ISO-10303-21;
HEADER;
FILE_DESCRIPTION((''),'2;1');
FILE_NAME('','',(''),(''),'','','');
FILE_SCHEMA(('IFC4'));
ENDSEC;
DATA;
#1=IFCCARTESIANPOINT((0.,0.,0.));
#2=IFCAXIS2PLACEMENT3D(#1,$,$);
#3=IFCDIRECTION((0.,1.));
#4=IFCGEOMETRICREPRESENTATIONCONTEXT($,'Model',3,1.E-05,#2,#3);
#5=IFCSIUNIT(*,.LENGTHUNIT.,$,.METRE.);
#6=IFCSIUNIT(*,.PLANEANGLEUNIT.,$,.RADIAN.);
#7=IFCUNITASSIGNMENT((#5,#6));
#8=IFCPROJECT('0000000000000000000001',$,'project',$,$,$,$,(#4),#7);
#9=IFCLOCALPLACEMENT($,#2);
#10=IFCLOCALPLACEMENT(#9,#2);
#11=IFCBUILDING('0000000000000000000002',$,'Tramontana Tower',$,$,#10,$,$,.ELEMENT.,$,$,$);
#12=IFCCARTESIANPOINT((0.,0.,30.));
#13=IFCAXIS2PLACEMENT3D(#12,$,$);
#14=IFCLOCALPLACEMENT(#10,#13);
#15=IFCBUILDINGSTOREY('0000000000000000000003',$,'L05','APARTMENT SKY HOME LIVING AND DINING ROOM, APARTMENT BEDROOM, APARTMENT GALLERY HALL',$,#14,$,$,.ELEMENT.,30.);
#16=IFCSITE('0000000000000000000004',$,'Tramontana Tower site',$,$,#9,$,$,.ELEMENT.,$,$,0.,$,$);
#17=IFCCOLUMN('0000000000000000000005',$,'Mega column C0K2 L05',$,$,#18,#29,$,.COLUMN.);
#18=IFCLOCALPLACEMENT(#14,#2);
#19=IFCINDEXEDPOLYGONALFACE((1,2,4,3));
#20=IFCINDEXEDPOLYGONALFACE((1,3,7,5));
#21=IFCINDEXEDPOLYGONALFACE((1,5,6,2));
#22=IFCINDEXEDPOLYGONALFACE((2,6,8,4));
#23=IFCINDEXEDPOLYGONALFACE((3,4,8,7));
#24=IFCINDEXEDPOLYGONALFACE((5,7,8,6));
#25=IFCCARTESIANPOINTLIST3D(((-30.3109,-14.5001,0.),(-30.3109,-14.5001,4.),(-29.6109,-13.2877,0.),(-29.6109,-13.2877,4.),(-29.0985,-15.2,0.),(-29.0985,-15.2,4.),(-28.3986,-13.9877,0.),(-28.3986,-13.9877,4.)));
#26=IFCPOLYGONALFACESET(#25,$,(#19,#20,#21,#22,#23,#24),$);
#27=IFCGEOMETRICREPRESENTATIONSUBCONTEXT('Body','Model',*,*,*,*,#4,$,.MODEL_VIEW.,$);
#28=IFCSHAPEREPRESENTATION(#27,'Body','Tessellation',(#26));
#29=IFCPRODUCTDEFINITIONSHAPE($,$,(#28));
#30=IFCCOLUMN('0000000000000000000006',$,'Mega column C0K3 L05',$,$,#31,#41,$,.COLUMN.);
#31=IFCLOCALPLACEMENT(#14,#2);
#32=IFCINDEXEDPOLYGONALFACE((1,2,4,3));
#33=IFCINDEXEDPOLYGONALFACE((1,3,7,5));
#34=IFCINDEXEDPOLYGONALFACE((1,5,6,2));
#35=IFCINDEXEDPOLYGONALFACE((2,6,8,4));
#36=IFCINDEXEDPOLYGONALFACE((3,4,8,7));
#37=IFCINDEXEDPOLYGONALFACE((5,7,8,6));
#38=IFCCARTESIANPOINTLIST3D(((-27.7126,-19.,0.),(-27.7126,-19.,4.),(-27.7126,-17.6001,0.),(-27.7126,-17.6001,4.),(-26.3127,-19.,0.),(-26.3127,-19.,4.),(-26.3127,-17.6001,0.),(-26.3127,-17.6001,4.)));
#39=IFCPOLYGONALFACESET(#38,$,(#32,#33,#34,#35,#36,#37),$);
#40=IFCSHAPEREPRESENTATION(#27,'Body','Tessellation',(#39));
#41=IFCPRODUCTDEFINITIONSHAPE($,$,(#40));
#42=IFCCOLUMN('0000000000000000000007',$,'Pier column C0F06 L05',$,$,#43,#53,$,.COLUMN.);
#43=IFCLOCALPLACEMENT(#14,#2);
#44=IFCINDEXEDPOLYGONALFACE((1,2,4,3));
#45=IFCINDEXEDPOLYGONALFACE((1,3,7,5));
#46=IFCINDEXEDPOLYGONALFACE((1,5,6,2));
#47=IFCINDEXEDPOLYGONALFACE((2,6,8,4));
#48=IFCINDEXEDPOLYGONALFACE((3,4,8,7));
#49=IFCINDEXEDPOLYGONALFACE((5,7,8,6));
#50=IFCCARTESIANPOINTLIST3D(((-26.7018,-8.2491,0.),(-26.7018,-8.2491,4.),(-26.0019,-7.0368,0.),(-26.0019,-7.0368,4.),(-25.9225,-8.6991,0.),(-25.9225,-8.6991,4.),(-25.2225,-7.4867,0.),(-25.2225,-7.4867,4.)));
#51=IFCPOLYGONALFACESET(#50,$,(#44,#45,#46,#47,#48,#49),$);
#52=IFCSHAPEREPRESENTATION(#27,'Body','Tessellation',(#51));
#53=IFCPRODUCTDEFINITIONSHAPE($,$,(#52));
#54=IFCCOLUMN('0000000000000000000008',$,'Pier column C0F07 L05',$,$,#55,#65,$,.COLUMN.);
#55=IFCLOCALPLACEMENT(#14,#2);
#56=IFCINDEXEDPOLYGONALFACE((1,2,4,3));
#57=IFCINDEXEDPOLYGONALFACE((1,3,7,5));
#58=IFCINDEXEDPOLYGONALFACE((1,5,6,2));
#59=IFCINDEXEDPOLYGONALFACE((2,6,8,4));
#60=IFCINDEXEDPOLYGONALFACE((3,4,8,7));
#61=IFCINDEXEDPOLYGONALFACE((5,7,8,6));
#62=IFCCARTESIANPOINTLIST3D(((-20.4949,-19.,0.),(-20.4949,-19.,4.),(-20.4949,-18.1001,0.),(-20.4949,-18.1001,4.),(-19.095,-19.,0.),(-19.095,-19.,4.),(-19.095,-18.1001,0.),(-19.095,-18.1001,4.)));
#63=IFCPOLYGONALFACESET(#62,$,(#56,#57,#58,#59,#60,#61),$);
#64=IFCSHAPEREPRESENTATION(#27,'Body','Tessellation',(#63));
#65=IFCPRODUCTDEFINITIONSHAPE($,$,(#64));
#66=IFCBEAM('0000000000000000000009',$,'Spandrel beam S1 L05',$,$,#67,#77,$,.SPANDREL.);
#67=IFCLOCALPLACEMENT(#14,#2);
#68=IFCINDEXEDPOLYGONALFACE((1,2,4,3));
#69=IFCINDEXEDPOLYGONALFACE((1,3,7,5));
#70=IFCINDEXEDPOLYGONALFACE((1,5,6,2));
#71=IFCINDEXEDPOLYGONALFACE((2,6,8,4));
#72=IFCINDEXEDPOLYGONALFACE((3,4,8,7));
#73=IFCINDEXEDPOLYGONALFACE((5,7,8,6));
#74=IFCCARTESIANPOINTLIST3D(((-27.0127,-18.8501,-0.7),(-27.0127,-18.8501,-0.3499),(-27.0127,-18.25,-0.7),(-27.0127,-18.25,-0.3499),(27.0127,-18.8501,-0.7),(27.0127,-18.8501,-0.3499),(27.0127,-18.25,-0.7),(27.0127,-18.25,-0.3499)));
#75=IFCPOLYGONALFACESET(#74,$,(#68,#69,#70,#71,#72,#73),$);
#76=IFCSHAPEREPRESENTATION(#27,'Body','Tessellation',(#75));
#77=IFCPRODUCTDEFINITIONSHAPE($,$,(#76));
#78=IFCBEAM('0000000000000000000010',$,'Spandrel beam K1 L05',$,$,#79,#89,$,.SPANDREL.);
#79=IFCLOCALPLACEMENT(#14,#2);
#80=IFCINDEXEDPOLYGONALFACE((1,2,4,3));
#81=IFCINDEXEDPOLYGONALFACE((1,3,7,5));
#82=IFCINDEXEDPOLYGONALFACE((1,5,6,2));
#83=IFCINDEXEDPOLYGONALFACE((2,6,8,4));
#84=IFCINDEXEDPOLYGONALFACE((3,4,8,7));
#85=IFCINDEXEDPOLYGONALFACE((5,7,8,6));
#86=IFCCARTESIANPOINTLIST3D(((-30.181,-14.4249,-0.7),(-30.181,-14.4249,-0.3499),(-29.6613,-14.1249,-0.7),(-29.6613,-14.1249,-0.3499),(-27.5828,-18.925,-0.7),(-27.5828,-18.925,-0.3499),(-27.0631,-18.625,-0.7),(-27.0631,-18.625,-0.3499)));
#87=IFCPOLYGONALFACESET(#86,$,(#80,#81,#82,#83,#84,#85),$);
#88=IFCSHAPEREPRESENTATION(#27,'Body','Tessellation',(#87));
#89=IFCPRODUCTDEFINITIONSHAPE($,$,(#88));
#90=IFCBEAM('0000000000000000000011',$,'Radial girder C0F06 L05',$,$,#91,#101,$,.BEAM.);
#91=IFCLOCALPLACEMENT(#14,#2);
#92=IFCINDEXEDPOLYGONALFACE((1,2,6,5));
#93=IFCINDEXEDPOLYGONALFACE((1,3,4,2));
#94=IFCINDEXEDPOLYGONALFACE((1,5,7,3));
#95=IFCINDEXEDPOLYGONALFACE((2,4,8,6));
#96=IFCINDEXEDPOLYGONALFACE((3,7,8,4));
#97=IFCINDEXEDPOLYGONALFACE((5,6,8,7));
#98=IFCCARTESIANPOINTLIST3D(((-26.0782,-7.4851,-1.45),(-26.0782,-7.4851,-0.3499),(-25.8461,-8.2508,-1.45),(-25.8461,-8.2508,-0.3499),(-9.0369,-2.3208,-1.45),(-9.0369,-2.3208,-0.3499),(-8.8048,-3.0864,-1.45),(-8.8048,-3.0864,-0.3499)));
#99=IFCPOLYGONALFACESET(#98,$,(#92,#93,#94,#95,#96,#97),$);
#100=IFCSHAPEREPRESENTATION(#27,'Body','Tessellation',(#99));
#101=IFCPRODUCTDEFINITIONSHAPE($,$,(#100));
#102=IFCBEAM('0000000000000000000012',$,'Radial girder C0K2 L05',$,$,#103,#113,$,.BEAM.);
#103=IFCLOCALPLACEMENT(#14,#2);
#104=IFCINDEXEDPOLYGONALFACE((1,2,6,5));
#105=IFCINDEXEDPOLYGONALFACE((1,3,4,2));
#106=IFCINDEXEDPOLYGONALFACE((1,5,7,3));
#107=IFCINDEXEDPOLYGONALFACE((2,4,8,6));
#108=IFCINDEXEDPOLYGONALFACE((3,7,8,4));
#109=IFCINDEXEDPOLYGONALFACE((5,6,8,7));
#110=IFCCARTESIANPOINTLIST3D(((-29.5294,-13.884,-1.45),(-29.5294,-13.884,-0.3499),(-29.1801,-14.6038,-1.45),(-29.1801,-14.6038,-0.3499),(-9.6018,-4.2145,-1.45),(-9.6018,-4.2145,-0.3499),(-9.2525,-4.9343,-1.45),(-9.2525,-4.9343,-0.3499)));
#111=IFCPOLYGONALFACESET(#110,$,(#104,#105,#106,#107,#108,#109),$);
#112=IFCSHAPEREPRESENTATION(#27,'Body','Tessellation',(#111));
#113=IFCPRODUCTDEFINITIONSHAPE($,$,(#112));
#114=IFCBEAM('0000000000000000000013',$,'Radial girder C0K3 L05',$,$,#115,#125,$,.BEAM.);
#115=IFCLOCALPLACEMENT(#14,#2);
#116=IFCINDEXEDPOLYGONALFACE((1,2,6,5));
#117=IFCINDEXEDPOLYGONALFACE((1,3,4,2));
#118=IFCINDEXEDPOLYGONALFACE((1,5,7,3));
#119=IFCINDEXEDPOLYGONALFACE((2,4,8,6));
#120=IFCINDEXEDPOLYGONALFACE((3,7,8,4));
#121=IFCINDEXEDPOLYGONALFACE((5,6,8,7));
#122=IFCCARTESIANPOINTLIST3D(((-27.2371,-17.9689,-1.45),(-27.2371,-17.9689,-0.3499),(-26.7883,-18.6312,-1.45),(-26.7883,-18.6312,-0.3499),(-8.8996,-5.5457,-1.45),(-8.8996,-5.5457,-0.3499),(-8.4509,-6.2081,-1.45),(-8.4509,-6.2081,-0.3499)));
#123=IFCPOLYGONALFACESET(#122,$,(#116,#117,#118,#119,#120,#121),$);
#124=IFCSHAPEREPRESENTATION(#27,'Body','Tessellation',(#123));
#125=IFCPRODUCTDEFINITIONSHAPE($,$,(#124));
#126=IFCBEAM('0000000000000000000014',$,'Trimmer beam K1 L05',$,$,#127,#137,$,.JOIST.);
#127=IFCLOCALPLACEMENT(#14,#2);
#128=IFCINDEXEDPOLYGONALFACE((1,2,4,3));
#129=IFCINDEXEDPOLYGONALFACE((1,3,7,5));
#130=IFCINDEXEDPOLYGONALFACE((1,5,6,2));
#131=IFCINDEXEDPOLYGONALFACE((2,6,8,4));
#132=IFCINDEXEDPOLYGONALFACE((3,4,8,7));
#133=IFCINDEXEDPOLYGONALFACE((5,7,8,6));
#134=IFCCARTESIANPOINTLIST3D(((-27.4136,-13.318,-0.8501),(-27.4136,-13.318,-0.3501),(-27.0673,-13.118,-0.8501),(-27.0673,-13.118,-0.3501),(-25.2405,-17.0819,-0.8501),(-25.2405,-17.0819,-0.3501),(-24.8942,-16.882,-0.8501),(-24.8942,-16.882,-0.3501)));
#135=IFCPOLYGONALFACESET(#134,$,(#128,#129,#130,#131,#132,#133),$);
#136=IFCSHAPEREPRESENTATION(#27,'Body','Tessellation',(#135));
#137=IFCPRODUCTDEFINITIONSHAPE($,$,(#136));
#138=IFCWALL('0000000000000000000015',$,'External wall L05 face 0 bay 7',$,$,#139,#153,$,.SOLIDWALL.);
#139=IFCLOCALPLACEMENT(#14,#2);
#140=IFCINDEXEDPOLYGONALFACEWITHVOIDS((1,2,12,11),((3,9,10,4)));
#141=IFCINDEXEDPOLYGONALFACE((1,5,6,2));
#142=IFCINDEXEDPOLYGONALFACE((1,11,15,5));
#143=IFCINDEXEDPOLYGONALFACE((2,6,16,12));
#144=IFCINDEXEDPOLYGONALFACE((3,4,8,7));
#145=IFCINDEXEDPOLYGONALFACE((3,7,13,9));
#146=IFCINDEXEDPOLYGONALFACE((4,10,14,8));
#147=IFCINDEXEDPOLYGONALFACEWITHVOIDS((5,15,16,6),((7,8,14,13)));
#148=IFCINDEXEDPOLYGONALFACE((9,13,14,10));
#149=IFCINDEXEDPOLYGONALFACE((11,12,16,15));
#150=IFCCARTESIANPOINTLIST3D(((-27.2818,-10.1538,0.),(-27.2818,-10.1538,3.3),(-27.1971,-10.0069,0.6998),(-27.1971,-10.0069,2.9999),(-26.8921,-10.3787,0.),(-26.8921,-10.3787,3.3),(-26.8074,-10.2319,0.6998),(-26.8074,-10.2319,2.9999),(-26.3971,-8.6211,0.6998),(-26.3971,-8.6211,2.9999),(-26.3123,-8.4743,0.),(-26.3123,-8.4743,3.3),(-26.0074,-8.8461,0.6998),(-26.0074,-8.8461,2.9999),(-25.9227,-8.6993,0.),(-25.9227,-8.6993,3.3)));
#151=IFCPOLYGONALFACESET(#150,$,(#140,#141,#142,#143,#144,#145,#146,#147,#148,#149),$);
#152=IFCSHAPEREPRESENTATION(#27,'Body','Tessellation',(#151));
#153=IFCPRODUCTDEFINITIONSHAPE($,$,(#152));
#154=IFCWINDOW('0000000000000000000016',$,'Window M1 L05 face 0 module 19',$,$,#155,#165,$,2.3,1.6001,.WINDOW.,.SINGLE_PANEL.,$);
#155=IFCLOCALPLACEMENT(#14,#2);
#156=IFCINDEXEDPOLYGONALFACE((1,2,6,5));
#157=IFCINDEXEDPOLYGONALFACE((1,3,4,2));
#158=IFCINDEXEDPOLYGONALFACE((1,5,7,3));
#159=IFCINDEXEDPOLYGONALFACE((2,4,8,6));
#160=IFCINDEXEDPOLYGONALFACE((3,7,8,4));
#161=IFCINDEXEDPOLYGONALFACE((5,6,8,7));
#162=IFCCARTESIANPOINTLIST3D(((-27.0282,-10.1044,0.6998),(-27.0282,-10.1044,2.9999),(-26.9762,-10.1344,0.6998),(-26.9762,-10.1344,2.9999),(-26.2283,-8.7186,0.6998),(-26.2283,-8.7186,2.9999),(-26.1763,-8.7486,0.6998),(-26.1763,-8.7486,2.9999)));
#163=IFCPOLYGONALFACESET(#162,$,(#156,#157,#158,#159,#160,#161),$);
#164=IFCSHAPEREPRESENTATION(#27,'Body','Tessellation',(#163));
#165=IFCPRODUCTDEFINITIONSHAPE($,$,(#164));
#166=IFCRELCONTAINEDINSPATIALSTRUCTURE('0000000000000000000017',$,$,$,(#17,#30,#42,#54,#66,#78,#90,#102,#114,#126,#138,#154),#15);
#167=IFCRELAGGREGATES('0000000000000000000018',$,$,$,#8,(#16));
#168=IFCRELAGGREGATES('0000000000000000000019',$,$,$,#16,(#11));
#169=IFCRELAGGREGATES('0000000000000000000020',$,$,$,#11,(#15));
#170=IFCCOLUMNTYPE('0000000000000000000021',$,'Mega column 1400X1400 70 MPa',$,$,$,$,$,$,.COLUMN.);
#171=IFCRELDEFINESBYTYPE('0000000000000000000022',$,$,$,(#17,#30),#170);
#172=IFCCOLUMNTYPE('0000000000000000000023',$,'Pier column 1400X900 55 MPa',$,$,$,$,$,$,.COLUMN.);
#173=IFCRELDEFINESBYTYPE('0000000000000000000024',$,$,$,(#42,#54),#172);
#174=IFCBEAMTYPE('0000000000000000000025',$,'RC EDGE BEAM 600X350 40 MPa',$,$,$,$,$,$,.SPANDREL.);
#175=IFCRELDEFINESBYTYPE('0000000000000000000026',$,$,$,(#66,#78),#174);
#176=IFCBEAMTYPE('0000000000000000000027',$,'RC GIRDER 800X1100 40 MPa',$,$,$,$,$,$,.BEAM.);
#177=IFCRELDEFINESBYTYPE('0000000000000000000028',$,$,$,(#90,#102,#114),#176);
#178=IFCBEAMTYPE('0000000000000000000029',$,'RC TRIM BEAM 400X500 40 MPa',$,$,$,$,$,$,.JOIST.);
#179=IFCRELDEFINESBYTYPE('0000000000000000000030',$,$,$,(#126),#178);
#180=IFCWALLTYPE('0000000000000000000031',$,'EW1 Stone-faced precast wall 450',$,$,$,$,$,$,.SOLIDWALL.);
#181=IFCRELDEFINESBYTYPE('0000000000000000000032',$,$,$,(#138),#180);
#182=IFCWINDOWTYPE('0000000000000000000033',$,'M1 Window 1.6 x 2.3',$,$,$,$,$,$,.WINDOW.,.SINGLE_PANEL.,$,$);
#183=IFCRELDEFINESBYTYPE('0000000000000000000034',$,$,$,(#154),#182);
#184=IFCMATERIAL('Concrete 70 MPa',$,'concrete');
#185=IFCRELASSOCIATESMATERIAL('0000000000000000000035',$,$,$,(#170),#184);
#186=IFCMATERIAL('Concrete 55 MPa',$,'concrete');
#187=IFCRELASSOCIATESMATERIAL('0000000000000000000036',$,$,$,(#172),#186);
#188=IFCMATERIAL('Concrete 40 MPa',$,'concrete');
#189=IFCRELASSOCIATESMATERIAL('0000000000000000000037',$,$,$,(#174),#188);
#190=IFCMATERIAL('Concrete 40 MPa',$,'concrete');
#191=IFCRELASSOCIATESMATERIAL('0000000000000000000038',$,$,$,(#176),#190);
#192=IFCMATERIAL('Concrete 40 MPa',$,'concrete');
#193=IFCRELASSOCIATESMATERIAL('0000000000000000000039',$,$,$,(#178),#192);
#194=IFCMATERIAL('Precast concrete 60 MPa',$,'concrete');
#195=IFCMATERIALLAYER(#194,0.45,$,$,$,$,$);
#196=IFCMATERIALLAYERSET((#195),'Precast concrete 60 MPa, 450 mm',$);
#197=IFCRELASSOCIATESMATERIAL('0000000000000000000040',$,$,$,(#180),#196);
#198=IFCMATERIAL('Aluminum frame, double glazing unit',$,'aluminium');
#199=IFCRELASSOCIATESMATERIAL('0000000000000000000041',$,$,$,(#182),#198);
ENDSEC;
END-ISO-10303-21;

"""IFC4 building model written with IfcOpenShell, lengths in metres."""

from ifc_helpers import new_model, si_unit, direction, frame, frame_2d, origin, origin_2d, place, context, subcontext, project, spatial, rectangle, extrude, material, layer, layer_set, material_profile, profile_set, type_object, element, fill, save


model = new_model("IFC4")

# Units and contexts
model_context = context("Model", 3, precision=1e-05, world=origin(), true_north=direction((0.0, 1.0)))
body_context = subcontext(model_context, "Body", "Model", "MODEL_VIEW")
ifc_project = project(units=[si_unit("LENGTHUNIT", "METRE"), si_unit("PLANEANGLEUNIT", "RADIAN")], contexts=[model_context])

# Site, building, storey
site_placement = place(None, origin())
site = spatial("IfcSite", under=ifc_project, at=site_placement, Name="Tramontana Tower site", CompositionType="ELEMENT", RefElevation=0.0)
building_placement = place(site_placement, origin())
building = spatial("IfcBuilding", under=site, at=building_placement, Name="Tramontana Tower", CompositionType="ELEMENT")
storey_placement = place(building_placement, frame((0.0, 0.0, 30.0)))
storey = spatial("IfcBuildingStorey", under=building, at=storey_placement, Name="L05", Description="APARTMENT SKY HOME LIVING AND DINING ROOM, APARTMENT BEDROOM, APARTMENT GALLERY HALL", CompositionType="ELEMENT", Elevation=30.0)

# Columns
ifc_material_1 = material(Name="Concrete 70 MPa", Category="concrete")
ifc_material_profile_1 = material_profile(ifc_material_1, rectangle(XDim=1.3999, YDim=1.3999, at=origin_2d()), Name="Mega column 1400X1400 70 MPa")
ifc_profile_set_1 = profile_set([ifc_material_profile_1], Name="Concrete 70 MPa")
column_type_1 = type_object("IfcColumnType", Name="Mega column 1400X1400 70 MPa", PredefinedType="COLUMN", material=ifc_profile_set_1)
for number, where, z_axis, x_axis, name in (
    (1, (-29.3547, -14.2439, 0.0), (0.0, 0.0, 1.0), (-0.5, -0.866025, 0.0), "Mega column C0K2 L05"),
    (2, (-27.0127, -18.3, 0.0), (0.0, 0.0, 1.0), (1.0, 0.0, 0.0), "Mega column C0K3 L05"),
):
    element("IfcColumn", number, at=place(storey_placement, frame(where, z_axis=z_axis, x_axis=x_axis)), inside=storey, type_object=column_type_1, Name=name, PredefinedType="COLUMN", context=body_context, shape_type="SweptSolid", body=[
        extrude(rectangle(XDim=1.3999, YDim=1.3999, at=origin_2d()), origin(), (0.0, 0.0, 1.0), 4.0),
    ])
ifc_material_2 = material(Name="Concrete 55 MPa", Category="concrete")
ifc_material_profile_2 = material_profile(ifc_material_2, rectangle(XDim=1.3999, YDim=0.8999, at=origin_2d()), Name="Pier column 1400X900 55 MPa")
ifc_profile_set_2 = profile_set([ifc_material_profile_2], Name="Concrete 55 MPa")
column_type_2 = type_object("IfcColumnType", Name="Pier column 1400X900 55 MPa", PredefinedType="COLUMN", material=ifc_profile_set_2)
for number, where, z_axis, x_axis, name in (
    (3, (-25.9622, -7.8679, 0.0), (0.0, 0.0, 1.0), (-0.5, -0.866025, 0.0), "Pier column C0F06 L05"),
    (4, (-19.7949, -18.55, 0.0), (0.0, 0.0, 1.0), (1.0, 0.0, 0.0), "Pier column C0F07 L05"),
):
    element("IfcColumn", number, at=place(storey_placement, frame(where, z_axis=z_axis, x_axis=x_axis)), inside=storey, type_object=column_type_2, Name=name, PredefinedType="COLUMN", context=body_context, shape_type="SweptSolid", body=[
        extrude(rectangle(XDim=1.3999, YDim=0.8999, at=origin_2d()), origin(), (0.0, 0.0, 1.0), 4.0),
    ])

# Beams
ifc_material_3 = material(Name="Concrete 40 MPa", Category="concrete")
ifc_material_profile_3 = material_profile(ifc_material_3, rectangle(XDim=0.6001, YDim=0.3501, at=origin_2d()), Name="RC EDGE BEAM 600X350 40 MPa")
ifc_profile_set_3 = profile_set([ifc_material_profile_3], Name="Concrete 40 MPa")
beam_type_1 = type_object("IfcBeamType", Name="RC EDGE BEAM 600X350 40 MPa", PredefinedType="SPANDREL", material=ifc_profile_set_3)
beam_1_placement = place(storey_placement, frame((-27.0127, -18.55, -0.5249), z_axis=(1.0, 0.0, 0.0), x_axis=(0.0, 1.0, 0.0)))
element("IfcBeam", 5, at=beam_1_placement, inside=storey, type_object=beam_type_1, Name="Spandrel beam S1 L05", PredefinedType="SPANDREL", context=body_context, shape_type="SweptSolid", body=[
    extrude(rectangle(XDim=0.6001, YDim=0.3501, at=origin_2d()), origin(), (0.0, 0.0, 1.0), 54.0254),
])
beam_2_placement = place(storey_placement, frame((-29.9211, -14.2749, -0.5249), z_axis=(0.50001, -0.86602, 0.0), x_axis=(0.86602, 0.50001, 0.0)))
element("IfcBeam", 6, at=beam_2_placement, inside=storey, type_object=beam_type_1, Name="Spandrel beam K1 L05", PredefinedType="SPANDREL", context=body_context, shape_type="SweptSolid", body=[
    extrude(rectangle(XDim=0.6001, YDim=0.3501, at=origin_2d()), origin(), (0.0, 0.0, 1.0), 5.1963),
])
ifc_material_4 = material(Name="Concrete 40 MPa", Category="concrete")
ifc_material_profile_4 = material_profile(ifc_material_4, rectangle(XDim=0.8, YDim=1.1001, at=origin_2d()), Name="RC GIRDER 800X1100 40 MPa")
ifc_profile_set_4 = profile_set([ifc_material_profile_4], Name="Concrete 40 MPa")
beam_type_2 = type_object("IfcBeamType", Name="RC GIRDER 800X1100 40 MPa", PredefinedType="BEAM", material=ifc_profile_set_4)
beam_3_placement = place(storey_placement, frame((-25.9622, -7.8679, -0.8999), z_axis=(0.95702, 0.290022, 0.0), x_axis=(-0.290022, 0.95702, 0.0)))
element("IfcBeam", 7, at=beam_3_placement, inside=storey, type_object=beam_type_2, Name="Radial girder C0F06 L05", PredefinedType="BEAM", context=body_context, shape_type="SweptSolid", body=[
    extrude(rectangle(XDim=0.8, YDim=1.1001, at=origin_2d()), origin(), (0.0, 0.0, 1.0), 17.8066),
])
beam_4_placement = place(storey_placement, frame((-29.3547, -14.2439, -0.8999), z_axis=(0.899679, 0.436552, 0.0), x_axis=(-0.436552, 0.899679, 0.0)))
element("IfcBeam", 8, at=beam_4_placement, inside=storey, type_object=beam_type_2, Name="Radial girder C0K2 L05", PredefinedType="BEAM", context=body_context, shape_type="SweptSolid", body=[
    extrude(rectangle(XDim=0.8, YDim=1.1001, at=origin_2d()), origin(), (0.0, 0.0, 1.0), 22.1497),
])
beam_5_placement = place(storey_placement, frame((-27.0127, -18.3, -0.8999), z_axis=(0.827898, 0.560879, 0.0), x_axis=(-0.560879, 0.827898, 0.0)))
element("IfcBeam", 9, at=beam_5_placement, inside=storey, type_object=beam_type_2, Name="Radial girder C0K3 L05", PredefinedType="BEAM", context=body_context, shape_type="SweptSolid", body=[
    extrude(rectangle(XDim=0.8, YDim=1.1001, at=origin_2d()), origin(), (0.0, 0.0, 1.0), 22.1494),
])
ifc_material_5 = material(Name="Concrete 40 MPa", Category="concrete")
ifc_material_profile_5 = material_profile(ifc_material_5, rectangle(XDim=0.3999, YDim=0.5, at=origin_2d()), Name="RC TRIM BEAM 400X500 40 MPa")
ifc_profile_set_5 = profile_set([ifc_material_profile_5], Name="Concrete 40 MPa")
beam_type_3 = type_object("IfcBeamType", Name="RC TRIM BEAM 400X500 40 MPa", PredefinedType="JOIST", material=ifc_profile_set_5)
beam_6_placement = place(storey_placement, frame((-27.2405, -13.218, -0.6001), z_axis=(0.5, -0.866026, 0.0), x_axis=(0.866026, 0.5, 0.0)))
element("IfcBeam", 10, at=beam_6_placement, inside=storey, type_object=beam_type_3, Name="Trimmer beam K1 L05", PredefinedType="JOIST", context=body_context, shape_type="SweptSolid", body=[
    extrude(rectangle(XDim=0.3999, YDim=0.5, at=origin_2d()), origin(), (0.0, 0.0, 1.0), 4.3462),
])

# Wall, opening, window
ifc_material_6 = material(Name="Precast concrete 60 MPa", Category="concrete")
ifc_layer_1 = layer(ifc_material_6, 0.45)
ifc_layer_set_1 = layer_set([ifc_layer_1], Name="Precast concrete 60 MPa, 450 mm")
wall_type_1 = type_object("IfcWallType", Name="EW1 Stone-faced precast wall 450", PredefinedType="SOLIDWALL", material=ifc_layer_set_1)
wall_1_placement = place(storey_placement, frame((-26.1174, -8.5867, 0.0), z_axis=(0.0, 0.0, 1.0), x_axis=(-0.499944, -0.866058, 0.0)))
wall_1 = element("IfcWall", 11, at=wall_1_placement, inside=storey, type_object=wall_type_1, Name="External wall L05 face 0 bay 7", PredefinedType="SOLIDWALL", context=body_context, shape_type="SweptSolid", body=[
    extrude(rectangle(XDim=1.9392, YDim=0.45, at=frame_2d((0.9697, 0.0))), origin(), (0.0, 0.0, 1.0), 3.3),
])
opening_1_placement = place(wall_1_placement, frame((0.1697, 0.0, 0.7)))
opening_1 = element("IfcOpeningElement", 12, at=opening_1_placement, cuts=wall_1, PredefinedType="OPENING", context=body_context, shape_type="SweptSolid", body=[
    extrude(rectangle(XDim=1.6001, YDim=2.3, at=frame_2d((0.8, 1.1499))), frame((0.0, 0.2349, 0.0), z_axis=(0.0, -1.0, 0.0), x_axis=(1.0, 0.0, 0.0)), (0.0, 0.0, 1.0), 0.47),
])
ifc_material_7 = material(Name="Aluminum frame, double glazing unit", Category="aluminium")
window_type_1 = type_object("IfcWindowType", Name="M1 Window 1.6 x 2.3", PartitioningType="SINGLE_PANEL", PredefinedType="WINDOW", material=ifc_material_7)
window_1_placement = place(opening_1_placement, origin())
window_1 = element("IfcWindow", 13, at=window_1_placement, inside=storey, type_object=window_type_1, Name="Window M1 L05 face 0 module 19", OverallHeight=2.3, OverallWidth=1.6001, PartitioningType="SINGLE_PANEL", PredefinedType="WINDOW", context=body_context, shape_type="SweptSolid", body=[
    extrude(rectangle(XDim=1.6001, YDim=2.3, at=frame_2d((0.8, 1.1499))), frame((0.0, 0.03, 0.0), z_axis=(0.0, -1.0, 0.0), x_axis=(1.0, 0.0, 0.0)), (0.0, 0.0, 1.0), 0.0601),
])
fill(opening_1, window_1)

save(model, "model.ifc")
